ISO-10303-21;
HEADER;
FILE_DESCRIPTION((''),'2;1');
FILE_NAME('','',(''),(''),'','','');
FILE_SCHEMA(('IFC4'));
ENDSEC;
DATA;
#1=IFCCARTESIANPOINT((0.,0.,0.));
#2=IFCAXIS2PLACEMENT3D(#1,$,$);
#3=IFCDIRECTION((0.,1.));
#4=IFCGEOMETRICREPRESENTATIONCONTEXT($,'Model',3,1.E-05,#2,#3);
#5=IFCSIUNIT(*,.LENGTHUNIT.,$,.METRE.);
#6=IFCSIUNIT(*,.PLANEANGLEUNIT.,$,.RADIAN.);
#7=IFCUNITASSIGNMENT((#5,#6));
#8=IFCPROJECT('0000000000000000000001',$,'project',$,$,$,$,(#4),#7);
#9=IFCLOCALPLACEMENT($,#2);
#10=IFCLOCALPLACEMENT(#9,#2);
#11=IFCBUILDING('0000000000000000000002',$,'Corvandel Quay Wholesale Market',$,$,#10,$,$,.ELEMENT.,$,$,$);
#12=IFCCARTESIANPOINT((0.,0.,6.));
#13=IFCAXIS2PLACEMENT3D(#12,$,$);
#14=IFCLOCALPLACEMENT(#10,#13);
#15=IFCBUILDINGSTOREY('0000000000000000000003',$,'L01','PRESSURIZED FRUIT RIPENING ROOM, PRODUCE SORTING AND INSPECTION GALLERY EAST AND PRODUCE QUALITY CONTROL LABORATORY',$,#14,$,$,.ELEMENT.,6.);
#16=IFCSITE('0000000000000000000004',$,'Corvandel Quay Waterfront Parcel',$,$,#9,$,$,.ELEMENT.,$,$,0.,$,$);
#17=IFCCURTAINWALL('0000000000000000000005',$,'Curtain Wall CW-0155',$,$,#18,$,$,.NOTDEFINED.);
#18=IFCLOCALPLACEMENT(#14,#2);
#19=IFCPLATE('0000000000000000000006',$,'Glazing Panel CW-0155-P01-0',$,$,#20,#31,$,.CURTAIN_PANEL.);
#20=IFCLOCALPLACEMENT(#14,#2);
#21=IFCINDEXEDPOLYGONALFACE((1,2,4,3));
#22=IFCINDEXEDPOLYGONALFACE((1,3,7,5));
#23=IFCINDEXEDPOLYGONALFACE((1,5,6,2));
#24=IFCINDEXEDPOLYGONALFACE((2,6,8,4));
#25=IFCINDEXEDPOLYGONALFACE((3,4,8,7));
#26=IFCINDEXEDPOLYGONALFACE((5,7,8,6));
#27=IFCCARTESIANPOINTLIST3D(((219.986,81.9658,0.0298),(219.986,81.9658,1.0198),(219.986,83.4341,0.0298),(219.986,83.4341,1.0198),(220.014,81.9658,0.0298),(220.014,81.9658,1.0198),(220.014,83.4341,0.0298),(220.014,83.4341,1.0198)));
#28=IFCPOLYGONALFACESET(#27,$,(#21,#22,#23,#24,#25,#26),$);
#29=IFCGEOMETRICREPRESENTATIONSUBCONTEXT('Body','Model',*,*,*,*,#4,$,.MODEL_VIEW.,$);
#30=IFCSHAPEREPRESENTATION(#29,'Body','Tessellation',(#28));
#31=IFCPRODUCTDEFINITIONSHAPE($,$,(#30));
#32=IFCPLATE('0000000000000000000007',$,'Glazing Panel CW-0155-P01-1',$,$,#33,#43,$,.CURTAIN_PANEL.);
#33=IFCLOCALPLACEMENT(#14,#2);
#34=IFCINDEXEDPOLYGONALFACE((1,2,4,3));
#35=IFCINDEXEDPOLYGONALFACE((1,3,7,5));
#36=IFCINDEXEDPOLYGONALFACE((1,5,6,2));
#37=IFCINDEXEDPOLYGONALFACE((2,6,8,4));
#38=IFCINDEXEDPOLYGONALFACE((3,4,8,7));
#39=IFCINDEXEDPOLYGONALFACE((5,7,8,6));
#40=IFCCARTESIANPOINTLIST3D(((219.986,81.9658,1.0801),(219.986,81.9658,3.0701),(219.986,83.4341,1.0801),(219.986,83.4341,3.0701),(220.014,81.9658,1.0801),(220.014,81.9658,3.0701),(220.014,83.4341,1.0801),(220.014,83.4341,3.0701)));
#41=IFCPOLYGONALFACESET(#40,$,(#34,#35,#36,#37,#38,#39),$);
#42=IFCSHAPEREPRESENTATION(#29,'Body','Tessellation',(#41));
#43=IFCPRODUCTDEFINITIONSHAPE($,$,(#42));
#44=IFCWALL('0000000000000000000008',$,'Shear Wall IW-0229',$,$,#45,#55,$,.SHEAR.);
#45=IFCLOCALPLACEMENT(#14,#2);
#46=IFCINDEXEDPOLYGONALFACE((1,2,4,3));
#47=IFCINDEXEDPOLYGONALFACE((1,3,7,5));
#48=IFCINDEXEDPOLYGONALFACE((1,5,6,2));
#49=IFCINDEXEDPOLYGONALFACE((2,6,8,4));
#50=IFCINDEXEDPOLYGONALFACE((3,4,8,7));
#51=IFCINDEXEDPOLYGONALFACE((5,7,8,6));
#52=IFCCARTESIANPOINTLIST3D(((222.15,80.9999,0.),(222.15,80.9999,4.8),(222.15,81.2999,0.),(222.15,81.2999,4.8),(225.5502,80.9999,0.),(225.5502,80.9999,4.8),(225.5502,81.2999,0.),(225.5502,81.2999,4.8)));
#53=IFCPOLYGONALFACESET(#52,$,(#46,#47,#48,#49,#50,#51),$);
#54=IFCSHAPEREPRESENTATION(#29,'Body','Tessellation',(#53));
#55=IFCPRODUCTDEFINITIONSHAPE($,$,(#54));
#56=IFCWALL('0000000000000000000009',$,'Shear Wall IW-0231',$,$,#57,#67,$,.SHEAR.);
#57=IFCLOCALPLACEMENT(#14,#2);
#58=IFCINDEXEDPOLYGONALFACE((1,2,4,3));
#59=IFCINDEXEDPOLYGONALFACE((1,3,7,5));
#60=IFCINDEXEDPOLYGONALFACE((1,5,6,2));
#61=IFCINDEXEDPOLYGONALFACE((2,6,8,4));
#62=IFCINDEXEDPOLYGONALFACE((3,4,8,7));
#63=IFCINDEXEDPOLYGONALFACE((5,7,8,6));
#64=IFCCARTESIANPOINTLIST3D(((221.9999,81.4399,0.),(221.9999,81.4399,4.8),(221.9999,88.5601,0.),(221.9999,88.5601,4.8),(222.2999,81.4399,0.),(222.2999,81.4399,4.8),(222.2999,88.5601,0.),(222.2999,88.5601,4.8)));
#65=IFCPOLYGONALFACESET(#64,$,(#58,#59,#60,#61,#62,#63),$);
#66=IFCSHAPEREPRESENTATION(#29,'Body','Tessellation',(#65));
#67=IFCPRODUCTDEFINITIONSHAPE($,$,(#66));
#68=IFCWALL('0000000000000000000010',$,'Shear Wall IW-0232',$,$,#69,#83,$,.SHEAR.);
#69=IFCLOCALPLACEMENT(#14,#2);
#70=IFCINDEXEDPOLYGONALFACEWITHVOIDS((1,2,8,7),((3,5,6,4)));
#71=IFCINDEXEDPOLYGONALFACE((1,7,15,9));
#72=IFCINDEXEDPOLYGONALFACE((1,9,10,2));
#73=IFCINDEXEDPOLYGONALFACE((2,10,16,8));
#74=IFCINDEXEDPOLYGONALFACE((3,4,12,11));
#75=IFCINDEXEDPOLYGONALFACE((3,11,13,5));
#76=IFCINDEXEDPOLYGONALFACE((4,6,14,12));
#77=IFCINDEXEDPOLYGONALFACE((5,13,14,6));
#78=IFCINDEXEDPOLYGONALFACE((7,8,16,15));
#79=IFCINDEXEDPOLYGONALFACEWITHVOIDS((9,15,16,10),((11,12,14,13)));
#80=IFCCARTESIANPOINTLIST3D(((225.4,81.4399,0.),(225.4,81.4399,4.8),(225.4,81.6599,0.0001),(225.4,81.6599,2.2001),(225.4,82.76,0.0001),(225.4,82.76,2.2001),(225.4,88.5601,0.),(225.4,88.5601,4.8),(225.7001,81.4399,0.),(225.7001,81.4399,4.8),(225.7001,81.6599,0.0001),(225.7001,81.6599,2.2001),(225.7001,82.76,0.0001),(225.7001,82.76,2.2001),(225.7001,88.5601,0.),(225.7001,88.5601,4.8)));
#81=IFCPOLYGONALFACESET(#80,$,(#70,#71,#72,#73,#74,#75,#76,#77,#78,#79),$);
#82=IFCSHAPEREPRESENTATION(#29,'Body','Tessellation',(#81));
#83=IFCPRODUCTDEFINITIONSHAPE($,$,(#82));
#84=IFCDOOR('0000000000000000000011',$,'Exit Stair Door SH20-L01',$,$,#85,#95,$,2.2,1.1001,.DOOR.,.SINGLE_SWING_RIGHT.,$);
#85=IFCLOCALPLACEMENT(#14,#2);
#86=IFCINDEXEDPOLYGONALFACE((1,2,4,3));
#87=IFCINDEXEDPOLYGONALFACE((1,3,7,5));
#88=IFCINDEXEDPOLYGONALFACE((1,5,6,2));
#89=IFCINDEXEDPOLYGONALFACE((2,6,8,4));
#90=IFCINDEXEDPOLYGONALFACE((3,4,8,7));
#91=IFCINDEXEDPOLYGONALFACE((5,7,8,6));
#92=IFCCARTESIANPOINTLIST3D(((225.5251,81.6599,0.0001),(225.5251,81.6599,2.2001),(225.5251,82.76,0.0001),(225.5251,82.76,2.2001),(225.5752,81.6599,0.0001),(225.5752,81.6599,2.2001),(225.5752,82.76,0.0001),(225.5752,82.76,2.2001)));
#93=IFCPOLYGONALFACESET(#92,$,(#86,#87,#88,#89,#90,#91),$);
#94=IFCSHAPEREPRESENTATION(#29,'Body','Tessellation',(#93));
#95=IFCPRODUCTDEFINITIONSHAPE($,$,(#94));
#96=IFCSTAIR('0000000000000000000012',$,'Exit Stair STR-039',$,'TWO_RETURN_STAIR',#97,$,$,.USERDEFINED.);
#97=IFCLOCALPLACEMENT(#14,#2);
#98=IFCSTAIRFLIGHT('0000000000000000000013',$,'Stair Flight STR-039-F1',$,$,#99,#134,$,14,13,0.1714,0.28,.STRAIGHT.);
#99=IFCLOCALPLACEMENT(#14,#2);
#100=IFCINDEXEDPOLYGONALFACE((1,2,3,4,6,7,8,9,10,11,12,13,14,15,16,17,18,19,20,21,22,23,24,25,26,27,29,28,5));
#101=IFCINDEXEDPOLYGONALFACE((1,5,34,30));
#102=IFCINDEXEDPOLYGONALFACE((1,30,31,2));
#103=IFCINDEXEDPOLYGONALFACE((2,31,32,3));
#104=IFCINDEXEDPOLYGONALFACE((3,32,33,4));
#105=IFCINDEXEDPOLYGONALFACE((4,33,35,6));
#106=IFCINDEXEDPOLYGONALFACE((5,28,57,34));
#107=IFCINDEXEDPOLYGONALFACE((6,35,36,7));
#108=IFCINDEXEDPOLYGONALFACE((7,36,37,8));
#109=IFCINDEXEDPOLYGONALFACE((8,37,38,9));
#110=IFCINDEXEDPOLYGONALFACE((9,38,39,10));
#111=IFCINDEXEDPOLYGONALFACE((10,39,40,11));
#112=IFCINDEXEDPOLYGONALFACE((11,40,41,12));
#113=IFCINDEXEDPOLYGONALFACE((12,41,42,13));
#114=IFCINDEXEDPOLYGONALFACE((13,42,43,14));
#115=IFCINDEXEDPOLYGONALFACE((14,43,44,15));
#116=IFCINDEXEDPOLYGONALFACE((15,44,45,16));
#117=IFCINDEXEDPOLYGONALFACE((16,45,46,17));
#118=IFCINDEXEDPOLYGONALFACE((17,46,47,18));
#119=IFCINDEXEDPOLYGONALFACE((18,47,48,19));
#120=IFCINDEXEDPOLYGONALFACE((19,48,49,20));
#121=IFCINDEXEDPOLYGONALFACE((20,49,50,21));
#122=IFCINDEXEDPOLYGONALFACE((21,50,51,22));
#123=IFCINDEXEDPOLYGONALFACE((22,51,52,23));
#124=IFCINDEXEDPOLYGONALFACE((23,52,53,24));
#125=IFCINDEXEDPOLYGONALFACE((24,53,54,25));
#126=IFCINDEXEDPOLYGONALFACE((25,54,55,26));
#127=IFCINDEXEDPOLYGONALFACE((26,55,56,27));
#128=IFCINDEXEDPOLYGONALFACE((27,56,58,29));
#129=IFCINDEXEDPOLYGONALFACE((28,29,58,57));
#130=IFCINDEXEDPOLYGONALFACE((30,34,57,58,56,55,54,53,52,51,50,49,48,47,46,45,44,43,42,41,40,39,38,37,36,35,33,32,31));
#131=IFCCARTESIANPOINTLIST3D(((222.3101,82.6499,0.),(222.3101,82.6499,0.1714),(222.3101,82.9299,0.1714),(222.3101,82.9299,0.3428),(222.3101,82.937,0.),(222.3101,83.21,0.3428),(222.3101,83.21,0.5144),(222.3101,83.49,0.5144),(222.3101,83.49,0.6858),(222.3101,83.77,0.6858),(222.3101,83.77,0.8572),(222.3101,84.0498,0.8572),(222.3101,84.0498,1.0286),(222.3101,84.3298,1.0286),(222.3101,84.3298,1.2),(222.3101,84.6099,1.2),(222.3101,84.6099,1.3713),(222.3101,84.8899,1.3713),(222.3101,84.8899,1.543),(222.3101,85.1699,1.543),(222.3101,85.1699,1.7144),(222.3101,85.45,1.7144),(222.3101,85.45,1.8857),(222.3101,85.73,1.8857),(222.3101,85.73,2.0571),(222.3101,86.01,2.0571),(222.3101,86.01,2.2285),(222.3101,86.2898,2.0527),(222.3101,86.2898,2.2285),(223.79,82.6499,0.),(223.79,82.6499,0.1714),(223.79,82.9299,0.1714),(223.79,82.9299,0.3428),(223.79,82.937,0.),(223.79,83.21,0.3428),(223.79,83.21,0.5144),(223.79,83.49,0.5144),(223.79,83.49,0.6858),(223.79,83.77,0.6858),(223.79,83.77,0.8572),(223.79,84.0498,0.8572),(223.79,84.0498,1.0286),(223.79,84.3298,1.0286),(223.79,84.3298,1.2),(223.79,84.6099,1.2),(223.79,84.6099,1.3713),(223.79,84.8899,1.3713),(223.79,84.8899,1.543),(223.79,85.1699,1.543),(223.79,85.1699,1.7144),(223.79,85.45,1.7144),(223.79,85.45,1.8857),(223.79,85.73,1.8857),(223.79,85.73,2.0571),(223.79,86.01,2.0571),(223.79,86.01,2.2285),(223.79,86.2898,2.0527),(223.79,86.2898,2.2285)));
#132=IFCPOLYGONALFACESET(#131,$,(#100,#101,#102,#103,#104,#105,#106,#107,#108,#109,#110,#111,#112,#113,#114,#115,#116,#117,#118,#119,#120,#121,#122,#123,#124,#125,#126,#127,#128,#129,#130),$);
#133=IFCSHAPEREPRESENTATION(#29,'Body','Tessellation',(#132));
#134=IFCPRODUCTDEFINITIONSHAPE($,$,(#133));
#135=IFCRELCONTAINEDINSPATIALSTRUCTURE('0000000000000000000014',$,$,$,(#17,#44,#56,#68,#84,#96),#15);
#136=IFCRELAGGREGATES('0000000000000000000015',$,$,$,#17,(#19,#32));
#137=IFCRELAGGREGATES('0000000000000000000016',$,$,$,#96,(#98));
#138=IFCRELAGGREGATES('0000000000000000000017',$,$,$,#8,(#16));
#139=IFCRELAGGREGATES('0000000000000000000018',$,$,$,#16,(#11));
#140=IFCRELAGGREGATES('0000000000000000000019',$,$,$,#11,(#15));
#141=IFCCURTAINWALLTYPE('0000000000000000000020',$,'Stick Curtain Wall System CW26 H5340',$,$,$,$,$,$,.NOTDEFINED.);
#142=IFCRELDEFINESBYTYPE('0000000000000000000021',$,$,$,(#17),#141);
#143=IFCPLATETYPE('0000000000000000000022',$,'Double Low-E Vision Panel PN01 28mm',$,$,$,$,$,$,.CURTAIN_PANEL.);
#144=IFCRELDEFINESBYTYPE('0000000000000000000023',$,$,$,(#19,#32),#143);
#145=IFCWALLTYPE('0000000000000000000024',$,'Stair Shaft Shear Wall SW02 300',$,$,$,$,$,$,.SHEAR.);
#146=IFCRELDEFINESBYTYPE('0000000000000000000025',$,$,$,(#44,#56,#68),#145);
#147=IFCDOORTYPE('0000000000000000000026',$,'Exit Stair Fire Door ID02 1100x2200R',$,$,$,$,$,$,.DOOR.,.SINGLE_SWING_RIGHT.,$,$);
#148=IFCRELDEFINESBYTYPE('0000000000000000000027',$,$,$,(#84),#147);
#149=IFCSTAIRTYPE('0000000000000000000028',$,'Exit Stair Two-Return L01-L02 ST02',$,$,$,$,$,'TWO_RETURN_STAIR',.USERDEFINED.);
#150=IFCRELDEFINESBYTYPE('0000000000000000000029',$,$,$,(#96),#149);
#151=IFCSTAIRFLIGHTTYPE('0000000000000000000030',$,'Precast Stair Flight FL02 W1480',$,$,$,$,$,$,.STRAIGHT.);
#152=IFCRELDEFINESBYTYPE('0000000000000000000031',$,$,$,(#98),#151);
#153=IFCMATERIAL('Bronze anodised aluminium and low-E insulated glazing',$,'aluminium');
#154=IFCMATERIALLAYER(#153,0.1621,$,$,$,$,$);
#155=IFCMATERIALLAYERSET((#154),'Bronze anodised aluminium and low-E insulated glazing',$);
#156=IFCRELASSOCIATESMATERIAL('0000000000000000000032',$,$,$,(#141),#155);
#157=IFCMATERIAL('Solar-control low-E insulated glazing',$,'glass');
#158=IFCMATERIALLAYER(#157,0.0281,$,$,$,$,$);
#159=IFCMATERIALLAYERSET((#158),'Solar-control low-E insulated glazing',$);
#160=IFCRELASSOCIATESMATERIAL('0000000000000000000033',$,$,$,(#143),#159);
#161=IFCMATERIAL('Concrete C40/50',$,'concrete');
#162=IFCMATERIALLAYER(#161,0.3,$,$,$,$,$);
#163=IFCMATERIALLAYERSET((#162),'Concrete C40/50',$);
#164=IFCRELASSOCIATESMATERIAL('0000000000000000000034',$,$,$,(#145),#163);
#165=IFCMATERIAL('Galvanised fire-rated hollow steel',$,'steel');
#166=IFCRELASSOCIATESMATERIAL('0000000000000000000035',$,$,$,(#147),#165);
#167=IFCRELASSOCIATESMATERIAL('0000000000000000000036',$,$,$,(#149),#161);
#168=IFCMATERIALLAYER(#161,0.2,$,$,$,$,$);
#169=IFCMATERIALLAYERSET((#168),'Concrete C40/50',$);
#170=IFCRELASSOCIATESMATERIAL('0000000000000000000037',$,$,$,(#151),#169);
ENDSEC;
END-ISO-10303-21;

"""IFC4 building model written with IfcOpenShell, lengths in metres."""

from ifc_helpers import new_model, si_unit, direction, frame, frame_2d, origin, origin_2d, place, context, subcontext, project, spatial, polyline, rectangle, outline, extrude, material, layer, layer_set, type_object, element, fill, aggregate, save


model = new_model("IFC4")

# Units and contexts
model_context = context("Model", 3, precision=1e-05, world=origin(), true_north=direction((0.0, 1.0)))
body_context = subcontext(model_context, "Body", "Model", "MODEL_VIEW")
ifc_project = project(units=[si_unit("LENGTHUNIT", "METRE"), si_unit("PLANEANGLEUNIT", "RADIAN")], contexts=[model_context])

# Site, building, storey
site_placement = place(None, origin())
site = spatial("IfcSite", under=ifc_project, at=site_placement, Name="Corvandel Quay Waterfront Parcel", CompositionType="ELEMENT", RefElevation=0.0)
building_placement = place(site_placement, origin())
building = spatial("IfcBuilding", under=site, at=building_placement, Name="Corvandel Quay Wholesale Market", CompositionType="ELEMENT")
storey_placement = place(building_placement, frame((0.0, 0.0, 6.0)))
storey = spatial("IfcBuildingStorey", under=building, at=storey_placement, Name="L01", Description="PRESSURIZED FRUIT RIPENING ROOM, PRODUCE SORTING AND INSPECTION GALLERY EAST AND PRODUCE QUALITY CONTROL LABORATORY", CompositionType="ELEMENT", Elevation=6.0)

# Curtain wall, plates
ifc_material_1 = material(Name="Bronze anodised aluminium and low-E insulated glazing", Category="aluminium")
ifc_layer_1 = layer(ifc_material_1, 0.1621)
ifc_layer_set_1 = layer_set([ifc_layer_1], Name="Bronze anodised aluminium and low-E insulated glazing")
curtain_wall_type = type_object("IfcCurtainWallType", Name="Stick Curtain Wall System CW26 H5340", PredefinedType="NOTDEFINED", material=ifc_layer_set_1)
curtain_wall_placement = place(storey_placement, origin())
curtain_wall = element("IfcCurtainWall", 1, at=curtain_wall_placement, inside=storey, type_object=curtain_wall_type, Name="Curtain Wall CW-0155", PredefinedType="NOTDEFINED")
ifc_material_2 = material(Name="Solar-control low-E insulated glazing", Category="glass")
ifc_layer_2 = layer(ifc_material_2, 0.0281)
ifc_layer_set_2 = layer_set([ifc_layer_2], Name="Solar-control low-E insulated glazing")
plate_type_1 = type_object("IfcPlateType", Name="Double Low-E Vision Panel PN01 28mm", PredefinedType="CURTAIN_PANEL", material=ifc_layer_set_2)
plate_1_placement = place(storey_placement, frame((220.0, 82.7, 0.0298), z_axis=(0.0, 0.0, 1.0), x_axis=(0.0, 1.0, 0.0)))
plate_1 = element("IfcPlate", 2, at=plate_1_placement, type_object=plate_type_1, Name="Glazing Panel CW-0155-P01-0", PredefinedType="CURTAIN_PANEL", context=body_context, shape_type="SweptSolid", body=[
    extrude(rectangle(XDim=1.4683, YDim=0.0281, at=origin_2d()), origin(), (0.0, 0.0, 1.0), 0.99),
])
plate_2_placement = place(storey_placement, frame((220.0, 82.7, 1.0801), z_axis=(0.0, 0.0, 1.0), x_axis=(0.0, 1.0, 0.0)))
plate_2 = element("IfcPlate", 3, at=plate_2_placement, type_object=plate_type_1, Name="Glazing Panel CW-0155-P01-1", PredefinedType="CURTAIN_PANEL", context=body_context, shape_type="SweptSolid", body=[
    extrude(rectangle(XDim=1.4683, YDim=0.0281, at=origin_2d()), origin(), (0.0, 0.0, 1.0), 1.99),
])
aggregate(curtain_wall, [plate_1, plate_2])

# Walls
ifc_material_3 = material(Name="Concrete C40/50", Category="concrete")
ifc_layer_3 = layer(ifc_material_3, 0.3)
ifc_layer_set_3 = layer_set([ifc_layer_3], Name="Concrete C40/50")
wall_type = type_object("IfcWallType", Name="Stair Shaft Shear Wall SW02 300", PredefinedType="SHEAR", material=ifc_layer_set_3)
wall_1_placement = place(storey_placement, frame((222.1499, 81.1499, 0.0), z_axis=(0.0, 0.0, 1.0), x_axis=(1.0, 0.0, 0.0)))
element("IfcWall", 4, at=wall_1_placement, inside=storey, type_object=wall_type, Name="Shear Wall IW-0229", PredefinedType="SHEAR", context=body_context, shape_type="SweptSolid", body=[
    extrude(rectangle(XDim=3.4001, YDim=0.3, at=frame_2d((1.7002, 0.0))), origin(), (0.0, 0.0, 1.0), 4.8),
])
wall_2_placement = place(storey_placement, frame((222.1499, 81.4399, 0.0), z_axis=(0.0, 0.0, 1.0), x_axis=(0.0, 1.0, 0.0)))
element("IfcWall", 5, at=wall_2_placement, inside=storey, type_object=wall_type, Name="Shear Wall IW-0231", PredefinedType="SHEAR", context=body_context, shape_type="SweptSolid", body=[
    extrude(rectangle(XDim=7.1201, YDim=0.3, at=frame_2d((3.5601, 0.0))), origin(), (0.0, 0.0, 1.0), 4.8),
])

# Wall, opening, door
wall_3_placement = place(storey_placement, frame((225.55, 81.4399, 0.0), z_axis=(0.0, 0.0, 1.0), x_axis=(0.0, 1.0, 0.0)))
wall_3 = element("IfcWall", 6, at=wall_3_placement, inside=storey, type_object=wall_type, Name="Shear Wall IW-0232", PredefinedType="SHEAR", context=body_context, shape_type="SweptSolid", body=[
    extrude(rectangle(XDim=7.1201, YDim=0.3, at=frame_2d((3.5601, 0.0))), origin(), (0.0, 0.0, 1.0), 4.8),
])
opening_placement = place(wall_3_placement, frame((0.22, 0.0, 0.0)))
opening = element("IfcOpeningElement", 7, at=opening_placement, cuts=wall_3, PredefinedType="OPENING", context=body_context, shape_type="SweptSolid", body=[
    extrude(rectangle(XDim=1.1001, YDim=2.2, at=frame_2d((0.55, 1.1001))), frame((0.0, 0.1599, 0.0), z_axis=(0.0, -1.0, 0.0), x_axis=(1.0, 0.0, 0.0)), (0.0, 0.0, 1.0), 0.3201),
])
ifc_material_4 = material(Name="Galvanised fire-rated hollow steel", Category="steel")
door_type = type_object("IfcDoorType", Name="Exit Stair Fire Door ID02 1100x2200R", OperationType="SINGLE_SWING_RIGHT", PredefinedType="DOOR", material=ifc_material_4)
door_placement = place(opening_placement, origin())
door = element("IfcDoor", 8, at=door_placement, inside=storey, type_object=door_type, Name="Exit Stair Door SH20-L01", OperationType="SINGLE_SWING_RIGHT", OverallHeight=2.2, OverallWidth=1.1001, PredefinedType="DOOR", context=body_context, shape_type="SweptSolid", body=[
    extrude(rectangle(XDim=1.1001, YDim=2.2, at=frame_2d((0.55, 1.1001))), frame((0.0, 0.0249, 0.0), z_axis=(0.0, -1.0, 0.0), x_axis=(1.0, 0.0, 0.0)), (0.0, 0.0, 1.0), 0.05),
])
fill(opening, door)

# Stair, stair flight
stair_type = type_object("IfcStairType", Name="Exit Stair Two-Return L01-L02 ST02", ElementType="TWO_RETURN_STAIR", PredefinedType="USERDEFINED", material=ifc_material_3)
stair_placement = place(storey_placement, origin())
stair = element("IfcStair", 9, at=stair_placement, inside=storey, type_object=stair_type, Name="Exit Stair STR-039", ObjectType="TWO_RETURN_STAIR", PredefinedType="USERDEFINED")
ifc_layer_4 = layer(ifc_material_3, 0.2)
ifc_layer_set_4 = layer_set([ifc_layer_4], Name="Concrete C40/50")
stair_flight_type = type_object("IfcStairFlightType", Name="Precast Stair Flight FL02 W1480", PredefinedType="STRAIGHT", material=ifc_layer_set_4)
stair_flight_placement = place(storey_placement, frame((223.05, 82.6499, 0.0), z_axis=(0.0, 0.0, 1.0), x_axis=(0.0, 1.0, 0.0)))
stair_flight = element("IfcStairFlight", 10, at=stair_flight_placement, type_object=stair_flight_type, Name="Stair Flight STR-039-F1", NumberOfRisers=14, NumberOfTreads=13, PredefinedType="STRAIGHT", RiserHeight=0.1714, TreadLength=0.28, context=body_context, shape_type="SweptSolid", body=[
    extrude(outline(polyline([(0.0, 0.0), (0.0, 0.1714), (0.28, 0.1714), (0.28, 0.3428), (0.5601, 0.3428), (0.5601, 0.5144), (0.8401, 0.5144), (0.8401, 0.6858), (1.1201, 0.6858), (1.1201, 0.8572), (1.3999, 0.8572), (1.3999, 1.0286), (1.6799, 1.0286), (1.6799, 1.2), (1.96, 1.2), (1.96, 1.3713), (2.24, 1.3713), (2.24, 1.543), (2.52, 1.543), (2.52, 1.7144), (2.8, 1.7144), (2.8, 1.8857), (3.0801, 1.8857), (3.0801, 2.0571), (3.3601, 2.0571), (3.3601, 2.2285), (3.6399, 2.2285), (3.6399, 2.3999), (3.6399, 2.0527), (0.2871, 0.0), (0.0, 0.0)])), frame((0.0, 0.74, 0.0), z_axis=(0.0, -1.0, 0.0), x_axis=(1.0, 0.0, 0.0)), (0.0, 0.0, 1.0), 1.48),
])
aggregate(stair, [stair_flight])

save(model, "model.ifc")
